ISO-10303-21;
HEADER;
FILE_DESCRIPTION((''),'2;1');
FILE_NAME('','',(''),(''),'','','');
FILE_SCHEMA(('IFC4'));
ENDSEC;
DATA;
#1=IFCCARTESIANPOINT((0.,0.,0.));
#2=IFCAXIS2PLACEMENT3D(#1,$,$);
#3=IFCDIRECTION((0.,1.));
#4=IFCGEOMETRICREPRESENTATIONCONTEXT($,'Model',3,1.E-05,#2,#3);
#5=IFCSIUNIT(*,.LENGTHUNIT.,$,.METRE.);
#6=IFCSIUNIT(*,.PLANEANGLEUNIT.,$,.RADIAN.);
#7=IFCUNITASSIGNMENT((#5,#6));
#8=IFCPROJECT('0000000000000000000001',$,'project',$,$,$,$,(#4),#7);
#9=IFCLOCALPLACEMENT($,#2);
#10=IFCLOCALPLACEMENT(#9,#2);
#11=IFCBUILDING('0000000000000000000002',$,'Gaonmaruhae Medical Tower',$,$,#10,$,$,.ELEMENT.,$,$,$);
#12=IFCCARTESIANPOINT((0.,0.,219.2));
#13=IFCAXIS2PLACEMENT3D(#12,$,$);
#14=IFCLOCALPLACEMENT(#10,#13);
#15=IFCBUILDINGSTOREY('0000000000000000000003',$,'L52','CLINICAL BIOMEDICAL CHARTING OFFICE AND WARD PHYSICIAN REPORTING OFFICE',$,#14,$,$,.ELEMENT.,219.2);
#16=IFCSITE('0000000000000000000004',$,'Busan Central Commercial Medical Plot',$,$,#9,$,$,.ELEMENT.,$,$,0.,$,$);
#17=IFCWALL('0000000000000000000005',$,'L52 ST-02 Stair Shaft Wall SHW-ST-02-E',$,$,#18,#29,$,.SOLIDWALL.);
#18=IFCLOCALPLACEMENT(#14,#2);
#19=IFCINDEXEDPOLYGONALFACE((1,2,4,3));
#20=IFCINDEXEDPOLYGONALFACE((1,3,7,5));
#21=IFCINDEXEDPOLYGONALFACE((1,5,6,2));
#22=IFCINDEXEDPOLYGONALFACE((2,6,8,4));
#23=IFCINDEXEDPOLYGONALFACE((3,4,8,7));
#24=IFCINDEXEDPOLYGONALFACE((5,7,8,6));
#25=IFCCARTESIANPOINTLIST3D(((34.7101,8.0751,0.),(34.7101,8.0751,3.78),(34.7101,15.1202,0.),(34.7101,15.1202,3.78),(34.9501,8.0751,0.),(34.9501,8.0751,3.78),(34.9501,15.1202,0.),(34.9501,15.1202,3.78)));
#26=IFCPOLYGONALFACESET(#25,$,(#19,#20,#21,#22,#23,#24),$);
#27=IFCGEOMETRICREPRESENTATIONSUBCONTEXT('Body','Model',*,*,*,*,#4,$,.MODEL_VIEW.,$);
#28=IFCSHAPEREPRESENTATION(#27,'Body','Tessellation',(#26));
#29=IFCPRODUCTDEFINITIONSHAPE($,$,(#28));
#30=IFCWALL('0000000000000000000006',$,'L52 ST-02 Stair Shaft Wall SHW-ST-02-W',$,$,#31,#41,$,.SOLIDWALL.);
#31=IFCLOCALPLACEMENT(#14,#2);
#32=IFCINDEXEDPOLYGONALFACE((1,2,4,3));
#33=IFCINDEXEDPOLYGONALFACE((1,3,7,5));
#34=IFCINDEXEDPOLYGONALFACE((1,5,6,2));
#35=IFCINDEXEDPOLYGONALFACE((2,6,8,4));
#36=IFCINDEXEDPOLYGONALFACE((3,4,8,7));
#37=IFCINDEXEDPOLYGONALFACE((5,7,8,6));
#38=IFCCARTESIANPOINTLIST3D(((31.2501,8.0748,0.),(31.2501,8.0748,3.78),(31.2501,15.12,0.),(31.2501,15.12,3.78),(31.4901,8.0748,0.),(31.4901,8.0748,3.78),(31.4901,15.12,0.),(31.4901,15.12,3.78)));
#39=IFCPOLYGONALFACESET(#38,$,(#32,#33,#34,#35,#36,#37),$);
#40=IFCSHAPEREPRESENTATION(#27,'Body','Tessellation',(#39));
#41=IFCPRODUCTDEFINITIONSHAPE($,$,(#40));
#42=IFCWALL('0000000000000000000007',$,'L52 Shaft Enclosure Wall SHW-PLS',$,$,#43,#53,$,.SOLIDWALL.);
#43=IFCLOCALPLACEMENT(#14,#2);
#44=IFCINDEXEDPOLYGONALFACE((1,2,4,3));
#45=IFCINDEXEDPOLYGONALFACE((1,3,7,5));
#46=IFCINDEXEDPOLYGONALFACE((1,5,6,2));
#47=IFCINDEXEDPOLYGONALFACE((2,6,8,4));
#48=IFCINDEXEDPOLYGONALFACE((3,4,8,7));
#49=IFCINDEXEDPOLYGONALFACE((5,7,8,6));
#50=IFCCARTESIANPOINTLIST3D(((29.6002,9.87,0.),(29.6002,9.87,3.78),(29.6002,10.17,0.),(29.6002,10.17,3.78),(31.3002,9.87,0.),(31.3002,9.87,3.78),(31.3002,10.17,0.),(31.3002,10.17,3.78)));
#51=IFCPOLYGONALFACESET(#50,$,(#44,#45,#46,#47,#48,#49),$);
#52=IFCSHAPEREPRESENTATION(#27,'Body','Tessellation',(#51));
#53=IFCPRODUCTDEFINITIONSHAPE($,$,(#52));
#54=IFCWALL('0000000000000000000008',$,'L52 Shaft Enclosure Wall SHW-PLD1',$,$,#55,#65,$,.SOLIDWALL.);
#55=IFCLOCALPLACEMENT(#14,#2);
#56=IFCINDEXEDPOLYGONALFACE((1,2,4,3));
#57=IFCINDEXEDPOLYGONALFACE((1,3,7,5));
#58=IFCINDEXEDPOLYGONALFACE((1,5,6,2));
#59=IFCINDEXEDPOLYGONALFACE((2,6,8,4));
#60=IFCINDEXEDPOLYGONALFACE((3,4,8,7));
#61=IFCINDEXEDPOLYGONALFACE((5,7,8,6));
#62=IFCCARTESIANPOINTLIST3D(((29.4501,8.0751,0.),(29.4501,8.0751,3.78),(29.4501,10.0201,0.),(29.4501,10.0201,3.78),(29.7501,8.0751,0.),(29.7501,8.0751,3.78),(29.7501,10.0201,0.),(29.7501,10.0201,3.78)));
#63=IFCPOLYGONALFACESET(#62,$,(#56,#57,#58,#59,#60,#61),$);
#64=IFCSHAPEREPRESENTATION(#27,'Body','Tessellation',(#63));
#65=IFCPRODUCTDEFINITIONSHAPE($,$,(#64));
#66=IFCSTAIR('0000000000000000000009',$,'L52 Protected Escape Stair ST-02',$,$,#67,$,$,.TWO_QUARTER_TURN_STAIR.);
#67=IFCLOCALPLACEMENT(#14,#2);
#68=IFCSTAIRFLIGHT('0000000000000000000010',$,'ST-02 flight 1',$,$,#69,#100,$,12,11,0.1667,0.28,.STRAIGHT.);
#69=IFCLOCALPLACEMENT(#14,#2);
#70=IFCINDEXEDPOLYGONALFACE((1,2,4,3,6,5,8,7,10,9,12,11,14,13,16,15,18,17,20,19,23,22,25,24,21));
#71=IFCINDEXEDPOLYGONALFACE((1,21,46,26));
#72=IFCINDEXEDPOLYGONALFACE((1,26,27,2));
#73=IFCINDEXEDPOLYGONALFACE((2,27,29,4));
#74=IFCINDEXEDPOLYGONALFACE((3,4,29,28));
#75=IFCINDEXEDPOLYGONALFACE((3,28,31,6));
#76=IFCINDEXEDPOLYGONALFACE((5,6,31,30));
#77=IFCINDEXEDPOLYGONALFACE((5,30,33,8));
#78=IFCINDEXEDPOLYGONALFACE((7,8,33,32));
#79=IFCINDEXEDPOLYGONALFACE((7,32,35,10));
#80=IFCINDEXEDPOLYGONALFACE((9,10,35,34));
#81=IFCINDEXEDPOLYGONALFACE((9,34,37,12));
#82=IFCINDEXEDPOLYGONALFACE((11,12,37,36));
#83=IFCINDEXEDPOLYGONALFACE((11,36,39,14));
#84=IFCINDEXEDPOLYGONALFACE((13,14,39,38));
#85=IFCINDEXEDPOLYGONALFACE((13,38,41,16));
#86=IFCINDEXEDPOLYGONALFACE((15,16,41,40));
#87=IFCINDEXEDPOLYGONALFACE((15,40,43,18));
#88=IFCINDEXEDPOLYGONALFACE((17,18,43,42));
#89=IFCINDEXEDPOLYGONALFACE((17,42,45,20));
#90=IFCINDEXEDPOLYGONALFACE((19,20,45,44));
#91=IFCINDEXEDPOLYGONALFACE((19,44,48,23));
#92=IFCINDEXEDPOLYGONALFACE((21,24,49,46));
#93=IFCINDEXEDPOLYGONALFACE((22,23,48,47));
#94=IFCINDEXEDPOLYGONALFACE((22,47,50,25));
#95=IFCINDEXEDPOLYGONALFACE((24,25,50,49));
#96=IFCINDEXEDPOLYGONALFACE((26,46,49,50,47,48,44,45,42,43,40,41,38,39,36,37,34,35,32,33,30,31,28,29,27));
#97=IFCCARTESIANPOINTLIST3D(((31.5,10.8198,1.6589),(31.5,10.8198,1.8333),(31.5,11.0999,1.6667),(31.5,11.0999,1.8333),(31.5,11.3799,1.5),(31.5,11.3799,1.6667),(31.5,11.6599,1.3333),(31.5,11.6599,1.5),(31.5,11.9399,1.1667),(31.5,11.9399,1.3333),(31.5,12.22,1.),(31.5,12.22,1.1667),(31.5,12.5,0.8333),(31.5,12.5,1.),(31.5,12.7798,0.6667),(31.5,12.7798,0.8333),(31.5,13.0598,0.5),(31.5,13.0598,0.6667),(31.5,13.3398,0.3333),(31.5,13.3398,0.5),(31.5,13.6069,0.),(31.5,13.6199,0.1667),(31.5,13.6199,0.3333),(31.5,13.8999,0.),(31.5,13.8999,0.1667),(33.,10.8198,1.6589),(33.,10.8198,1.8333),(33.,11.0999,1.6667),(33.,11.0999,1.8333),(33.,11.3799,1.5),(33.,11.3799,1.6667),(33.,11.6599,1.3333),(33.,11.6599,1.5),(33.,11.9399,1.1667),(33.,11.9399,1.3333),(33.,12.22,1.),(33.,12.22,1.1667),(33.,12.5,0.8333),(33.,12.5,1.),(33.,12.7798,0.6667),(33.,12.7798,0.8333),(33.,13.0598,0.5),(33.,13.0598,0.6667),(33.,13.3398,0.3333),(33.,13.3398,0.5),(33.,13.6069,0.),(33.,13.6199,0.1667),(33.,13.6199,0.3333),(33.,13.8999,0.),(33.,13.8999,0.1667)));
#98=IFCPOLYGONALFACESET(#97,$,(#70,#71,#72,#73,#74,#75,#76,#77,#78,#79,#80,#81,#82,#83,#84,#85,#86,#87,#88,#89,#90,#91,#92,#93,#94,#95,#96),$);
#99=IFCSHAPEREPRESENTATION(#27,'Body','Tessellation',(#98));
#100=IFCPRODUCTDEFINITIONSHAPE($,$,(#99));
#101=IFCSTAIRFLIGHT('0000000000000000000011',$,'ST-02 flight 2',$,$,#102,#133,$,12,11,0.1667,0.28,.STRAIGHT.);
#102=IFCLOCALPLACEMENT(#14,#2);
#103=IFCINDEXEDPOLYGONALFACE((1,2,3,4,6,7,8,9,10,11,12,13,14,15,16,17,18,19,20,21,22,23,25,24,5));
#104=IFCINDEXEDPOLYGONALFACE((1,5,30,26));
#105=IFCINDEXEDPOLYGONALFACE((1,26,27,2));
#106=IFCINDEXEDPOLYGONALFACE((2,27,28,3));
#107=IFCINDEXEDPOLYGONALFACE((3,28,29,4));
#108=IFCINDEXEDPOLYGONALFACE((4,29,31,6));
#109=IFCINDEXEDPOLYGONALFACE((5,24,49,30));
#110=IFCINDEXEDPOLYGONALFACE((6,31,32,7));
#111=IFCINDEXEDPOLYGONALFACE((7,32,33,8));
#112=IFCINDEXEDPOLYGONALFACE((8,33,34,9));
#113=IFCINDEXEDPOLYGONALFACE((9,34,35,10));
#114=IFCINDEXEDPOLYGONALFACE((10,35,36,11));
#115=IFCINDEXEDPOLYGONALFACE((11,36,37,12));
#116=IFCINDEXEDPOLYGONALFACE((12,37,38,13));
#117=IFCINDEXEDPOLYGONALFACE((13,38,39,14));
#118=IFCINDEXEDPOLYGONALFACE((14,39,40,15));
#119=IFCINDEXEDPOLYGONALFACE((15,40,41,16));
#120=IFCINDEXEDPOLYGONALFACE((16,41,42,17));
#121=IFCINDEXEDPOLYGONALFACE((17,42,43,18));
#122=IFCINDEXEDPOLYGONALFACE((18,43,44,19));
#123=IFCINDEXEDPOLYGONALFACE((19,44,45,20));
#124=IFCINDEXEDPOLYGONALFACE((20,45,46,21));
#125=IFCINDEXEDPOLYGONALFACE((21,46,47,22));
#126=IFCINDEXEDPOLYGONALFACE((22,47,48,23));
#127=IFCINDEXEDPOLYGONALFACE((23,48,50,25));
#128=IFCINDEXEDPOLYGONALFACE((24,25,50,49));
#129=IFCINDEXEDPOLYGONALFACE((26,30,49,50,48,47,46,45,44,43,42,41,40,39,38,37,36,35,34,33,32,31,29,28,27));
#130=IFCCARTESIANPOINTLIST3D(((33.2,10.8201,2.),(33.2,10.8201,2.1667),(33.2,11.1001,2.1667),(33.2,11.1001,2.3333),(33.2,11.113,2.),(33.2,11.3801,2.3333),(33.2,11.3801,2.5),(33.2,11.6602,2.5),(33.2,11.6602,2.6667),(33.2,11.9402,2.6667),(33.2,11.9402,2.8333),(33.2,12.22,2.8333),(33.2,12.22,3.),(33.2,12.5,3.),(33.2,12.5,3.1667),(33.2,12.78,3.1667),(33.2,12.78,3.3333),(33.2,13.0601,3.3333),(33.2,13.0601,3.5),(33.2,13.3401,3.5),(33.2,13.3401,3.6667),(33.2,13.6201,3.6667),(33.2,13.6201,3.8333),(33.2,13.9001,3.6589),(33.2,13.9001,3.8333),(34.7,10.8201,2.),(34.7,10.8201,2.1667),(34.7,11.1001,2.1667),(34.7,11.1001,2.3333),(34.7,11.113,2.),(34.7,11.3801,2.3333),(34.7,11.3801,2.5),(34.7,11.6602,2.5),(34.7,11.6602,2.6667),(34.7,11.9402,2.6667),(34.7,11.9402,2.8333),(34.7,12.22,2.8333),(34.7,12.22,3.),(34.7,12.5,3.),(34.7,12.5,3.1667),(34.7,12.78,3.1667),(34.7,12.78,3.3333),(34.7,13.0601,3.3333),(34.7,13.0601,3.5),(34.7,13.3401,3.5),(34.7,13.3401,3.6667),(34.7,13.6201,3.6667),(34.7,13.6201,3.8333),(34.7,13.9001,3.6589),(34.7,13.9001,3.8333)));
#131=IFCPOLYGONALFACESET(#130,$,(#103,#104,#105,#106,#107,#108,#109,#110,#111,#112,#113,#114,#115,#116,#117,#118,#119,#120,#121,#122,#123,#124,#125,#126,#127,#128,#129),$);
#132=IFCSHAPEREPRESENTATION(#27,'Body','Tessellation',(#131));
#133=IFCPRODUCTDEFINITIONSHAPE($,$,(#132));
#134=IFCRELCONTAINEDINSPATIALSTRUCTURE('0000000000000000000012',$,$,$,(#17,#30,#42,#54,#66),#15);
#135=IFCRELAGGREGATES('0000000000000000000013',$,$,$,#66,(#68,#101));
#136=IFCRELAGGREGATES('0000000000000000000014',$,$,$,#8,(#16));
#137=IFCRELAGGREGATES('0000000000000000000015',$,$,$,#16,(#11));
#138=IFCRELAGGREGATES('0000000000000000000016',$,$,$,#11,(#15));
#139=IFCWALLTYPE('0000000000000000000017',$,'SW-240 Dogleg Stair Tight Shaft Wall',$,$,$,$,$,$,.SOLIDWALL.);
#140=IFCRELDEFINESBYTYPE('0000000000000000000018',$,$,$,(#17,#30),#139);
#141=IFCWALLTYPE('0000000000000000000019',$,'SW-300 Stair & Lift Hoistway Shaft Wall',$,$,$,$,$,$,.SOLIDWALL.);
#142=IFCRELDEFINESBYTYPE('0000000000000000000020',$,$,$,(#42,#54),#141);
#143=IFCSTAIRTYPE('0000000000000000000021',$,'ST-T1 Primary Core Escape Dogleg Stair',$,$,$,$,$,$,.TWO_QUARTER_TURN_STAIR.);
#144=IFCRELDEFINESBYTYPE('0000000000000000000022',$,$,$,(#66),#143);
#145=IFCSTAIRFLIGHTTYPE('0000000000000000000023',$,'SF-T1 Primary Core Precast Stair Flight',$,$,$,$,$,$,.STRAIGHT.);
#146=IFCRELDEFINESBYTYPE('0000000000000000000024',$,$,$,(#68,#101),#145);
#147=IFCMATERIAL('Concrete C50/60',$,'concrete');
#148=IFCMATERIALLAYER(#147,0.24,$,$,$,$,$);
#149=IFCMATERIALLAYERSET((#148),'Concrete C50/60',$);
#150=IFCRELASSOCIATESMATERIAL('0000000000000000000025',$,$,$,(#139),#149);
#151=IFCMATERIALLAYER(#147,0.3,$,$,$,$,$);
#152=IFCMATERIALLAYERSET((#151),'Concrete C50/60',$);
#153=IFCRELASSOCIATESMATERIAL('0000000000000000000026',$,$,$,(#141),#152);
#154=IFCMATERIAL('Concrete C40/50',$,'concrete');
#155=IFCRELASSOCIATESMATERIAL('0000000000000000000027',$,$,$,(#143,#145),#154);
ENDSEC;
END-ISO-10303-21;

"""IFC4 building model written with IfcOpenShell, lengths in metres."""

from ifc_helpers import new_model, si_unit, direction, frame, frame_2d, origin, place, context, subcontext, project, spatial, polyline, rectangle, outline, extrude, material, layer, layer_set, type_object, element, aggregate, save


model = new_model("IFC4")

# Units and contexts
model_context = context("Model", 3, precision=1e-05, world=origin(), true_north=direction((0.0, 1.0)))
body_context = subcontext(model_context, "Body", "Model", "MODEL_VIEW")
ifc_project = project(units=[si_unit("LENGTHUNIT", "METRE"), si_unit("PLANEANGLEUNIT", "RADIAN")], contexts=[model_context])

# Site, building, storey
site_placement = place(None, origin())
site = spatial("IfcSite", under=ifc_project, at=site_placement, Name="Busan Central Commercial Medical Plot", CompositionType="ELEMENT", RefElevation=0.0)
building_placement = place(site_placement, origin())
building = spatial("IfcBuilding", under=site, at=building_placement, Name="Gaonmaruhae Medical Tower", CompositionType="ELEMENT")
storey_placement = place(building_placement, frame((0.0, 0.0, 219.2)))
storey = spatial("IfcBuildingStorey", under=building, at=storey_placement, Name="L52", Description="CLINICAL BIOMEDICAL CHARTING OFFICE AND WARD PHYSICIAN REPORTING OFFICE", CompositionType="ELEMENT", Elevation=219.2)

# Shared definitions
ifc_material_1 = material(Name="Concrete C50/60", Category="concrete")

# Shared definitions
ifc_layer_1 = layer(ifc_material_1, 0.24)
ifc_layer_set_1 = layer_set([ifc_layer_1], Name="Concrete C50/60")
wall_type_1 = type_object("IfcWallType", Name="SW-240 Dogleg Stair Tight Shaft Wall", PredefinedType="SOLIDWALL", material=ifc_layer_set_1)

# Walls
for number, where, z_axis, x_axis, name in (
    (1, (34.8301, 15.1201, 0.0), (0.0, 0.0, 1.0), (0.0, -1.0, 0.0), "L52 ST-02 Stair Shaft Wall SHW-ST-02-E"),
    (2, (31.3701, 8.075, 0.0), (0.0, 0.0, 1.0), (0.0, 1.0, 0.0), "L52 ST-02 Stair Shaft Wall SHW-ST-02-W"),
):
    element("IfcWall", number, at=place(storey_placement, frame(where, z_axis=z_axis, x_axis=x_axis)), inside=storey, type_object=wall_type_1, Name=name, PredefinedType="SOLIDWALL", context=body_context, shape_type="SweptSolid", body=[
        extrude(rectangle(XDim=7.0452, YDim=0.24, at=frame_2d((3.5225, 0.0))), origin(), (0.0, 0.0, 1.0), 3.78),
    ])
ifc_layer_2 = layer(ifc_material_1, 0.3)
ifc_layer_set_2 = layer_set([ifc_layer_2], Name="Concrete C50/60")
wall_type_2 = type_object("IfcWallType", Name="SW-300 Stair & Lift Hoistway Shaft Wall", PredefinedType="SOLIDWALL", material=ifc_layer_set_2)
wall_1_placement = place(storey_placement, frame((29.6001, 10.02, 0.0), z_axis=(0.0, 0.0, 1.0), x_axis=(1.0, 0.0, 0.0)))
element("IfcWall", 3, at=wall_1_placement, inside=storey, type_object=wall_type_2, Name="L52 Shaft Enclosure Wall SHW-PLS", PredefinedType="SOLIDWALL", context=body_context, shape_type="SweptSolid", body=[
    extrude(rectangle(XDim=1.7, YDim=0.3, at=frame_2d((0.8501, 0.0))), origin(), (0.0, 0.0, 1.0), 3.78),
])
wall_2_placement = place(storey_placement, frame((29.6001, 8.075, 0.0), z_axis=(0.0, 0.0, 1.0), x_axis=(0.0, 1.0, 0.0)))
element("IfcWall", 4, at=wall_2_placement, inside=storey, type_object=wall_type_2, Name="L52 Shaft Enclosure Wall SHW-PLD1", PredefinedType="SOLIDWALL", context=body_context, shape_type="SweptSolid", body=[
    extrude(rectangle(XDim=1.9451, YDim=0.3, at=frame_2d((0.9727, 0.0))), origin(), (0.0, 0.0, 1.0), 3.78),
])

# Stair, stair flights
ifc_material_2 = material(Name="Concrete C40/50", Category="concrete")
stair_type = type_object("IfcStairType", Name="ST-T1 Primary Core Escape Dogleg Stair", PredefinedType="TWO_QUARTER_TURN_STAIR", material=ifc_material_2)
stair_placement = place(storey_placement, origin())
stair = element("IfcStair", 5, at=stair_placement, inside=storey, type_object=stair_type, Name="L52 Protected Escape Stair ST-02", PredefinedType="TWO_QUARTER_TURN_STAIR")
stair_flight_type = type_object("IfcStairFlightType", Name="SF-T1 Primary Core Precast Stair Flight", PredefinedType="STRAIGHT", material=ifc_material_2)
stair_flight_1_placement = place(storey_placement, frame((32.25, 13.8999, 0.0), z_axis=(0.0, 0.0, 1.0), x_axis=(0.0, -1.0, 0.0)))
stair_flight_1 = element("IfcStairFlight", 6, at=stair_flight_1_placement, type_object=stair_flight_type, Name="ST-02 flight 1", NumberOfRisers=12, NumberOfTreads=11, PredefinedType="STRAIGHT", RiserHeight=0.1667, TreadLength=0.28, context=body_context, shape_type="SweptSolid", body=[
    extrude(outline(polyline([(0.0, 0.0), (0.0, 0.1667), (0.28, 0.1667), (0.28, 0.3333), (0.5601, 0.3333), (0.5601, 0.5), (0.8401, 0.5), (0.8401, 0.6667), (1.1201, 0.6667), (1.1201, 0.8333), (1.3999, 0.8333), (1.3999, 1.0), (1.6799, 1.0), (1.6799, 1.1667), (1.96, 1.1667), (1.96, 1.3333), (2.24, 1.3333), (2.24, 1.5), (2.52, 1.5), (2.52, 1.6667), (2.8, 1.6667), (2.8, 1.8333), (3.0801, 1.8333), (3.0801, 2.0), (3.0801, 1.6589), (0.293, 0.0), (0.0, 0.0)])), frame((0.0, 0.75, 0.0), z_axis=(0.0, -1.0, 0.0), x_axis=(1.0, 0.0, 0.0)), (0.0, 0.0, 1.0), 1.5),
])
stair_flight_2_placement = place(storey_placement, frame((33.95, 10.8201, 2.0), z_axis=(0.0, 0.0, 1.0), x_axis=(0.0, 1.0, 0.0)))
stair_flight_2 = element("IfcStairFlight", 7, at=stair_flight_2_placement, type_object=stair_flight_type, Name="ST-02 flight 2", NumberOfRisers=12, NumberOfTreads=11, PredefinedType="STRAIGHT", RiserHeight=0.1667, TreadLength=0.28, context=body_context, shape_type="SweptSolid", body=[
    extrude(outline(polyline([(0.0, 0.0), (0.0, 0.1667), (0.28, 0.1667), (0.28, 0.3333), (0.5601, 0.3333), (0.5601, 0.5), (0.8401, 0.5), (0.8401, 0.6667), (1.1201, 0.6667), (1.1201, 0.8333), (1.3999, 0.8333), (1.3999, 1.0), (1.6799, 1.0), (1.6799, 1.1667), (1.96, 1.1667), (1.96, 1.3333), (2.24, 1.3333), (2.24, 1.5), (2.52, 1.5), (2.52, 1.6667), (2.8, 1.6667), (2.8, 1.8333), (3.0801, 1.8333), (3.0801, 2.0), (3.0801, 1.6589), (0.293, 0.0), (0.0, 0.0)])), frame((0.0, 0.75, 0.0), z_axis=(0.0, -1.0, 0.0), x_axis=(1.0, 0.0, 0.0)), (0.0, 0.0, 1.0), 1.5),
])
aggregate(stair, [stair_flight_1, stair_flight_2])

save(model, "model.ifc")
